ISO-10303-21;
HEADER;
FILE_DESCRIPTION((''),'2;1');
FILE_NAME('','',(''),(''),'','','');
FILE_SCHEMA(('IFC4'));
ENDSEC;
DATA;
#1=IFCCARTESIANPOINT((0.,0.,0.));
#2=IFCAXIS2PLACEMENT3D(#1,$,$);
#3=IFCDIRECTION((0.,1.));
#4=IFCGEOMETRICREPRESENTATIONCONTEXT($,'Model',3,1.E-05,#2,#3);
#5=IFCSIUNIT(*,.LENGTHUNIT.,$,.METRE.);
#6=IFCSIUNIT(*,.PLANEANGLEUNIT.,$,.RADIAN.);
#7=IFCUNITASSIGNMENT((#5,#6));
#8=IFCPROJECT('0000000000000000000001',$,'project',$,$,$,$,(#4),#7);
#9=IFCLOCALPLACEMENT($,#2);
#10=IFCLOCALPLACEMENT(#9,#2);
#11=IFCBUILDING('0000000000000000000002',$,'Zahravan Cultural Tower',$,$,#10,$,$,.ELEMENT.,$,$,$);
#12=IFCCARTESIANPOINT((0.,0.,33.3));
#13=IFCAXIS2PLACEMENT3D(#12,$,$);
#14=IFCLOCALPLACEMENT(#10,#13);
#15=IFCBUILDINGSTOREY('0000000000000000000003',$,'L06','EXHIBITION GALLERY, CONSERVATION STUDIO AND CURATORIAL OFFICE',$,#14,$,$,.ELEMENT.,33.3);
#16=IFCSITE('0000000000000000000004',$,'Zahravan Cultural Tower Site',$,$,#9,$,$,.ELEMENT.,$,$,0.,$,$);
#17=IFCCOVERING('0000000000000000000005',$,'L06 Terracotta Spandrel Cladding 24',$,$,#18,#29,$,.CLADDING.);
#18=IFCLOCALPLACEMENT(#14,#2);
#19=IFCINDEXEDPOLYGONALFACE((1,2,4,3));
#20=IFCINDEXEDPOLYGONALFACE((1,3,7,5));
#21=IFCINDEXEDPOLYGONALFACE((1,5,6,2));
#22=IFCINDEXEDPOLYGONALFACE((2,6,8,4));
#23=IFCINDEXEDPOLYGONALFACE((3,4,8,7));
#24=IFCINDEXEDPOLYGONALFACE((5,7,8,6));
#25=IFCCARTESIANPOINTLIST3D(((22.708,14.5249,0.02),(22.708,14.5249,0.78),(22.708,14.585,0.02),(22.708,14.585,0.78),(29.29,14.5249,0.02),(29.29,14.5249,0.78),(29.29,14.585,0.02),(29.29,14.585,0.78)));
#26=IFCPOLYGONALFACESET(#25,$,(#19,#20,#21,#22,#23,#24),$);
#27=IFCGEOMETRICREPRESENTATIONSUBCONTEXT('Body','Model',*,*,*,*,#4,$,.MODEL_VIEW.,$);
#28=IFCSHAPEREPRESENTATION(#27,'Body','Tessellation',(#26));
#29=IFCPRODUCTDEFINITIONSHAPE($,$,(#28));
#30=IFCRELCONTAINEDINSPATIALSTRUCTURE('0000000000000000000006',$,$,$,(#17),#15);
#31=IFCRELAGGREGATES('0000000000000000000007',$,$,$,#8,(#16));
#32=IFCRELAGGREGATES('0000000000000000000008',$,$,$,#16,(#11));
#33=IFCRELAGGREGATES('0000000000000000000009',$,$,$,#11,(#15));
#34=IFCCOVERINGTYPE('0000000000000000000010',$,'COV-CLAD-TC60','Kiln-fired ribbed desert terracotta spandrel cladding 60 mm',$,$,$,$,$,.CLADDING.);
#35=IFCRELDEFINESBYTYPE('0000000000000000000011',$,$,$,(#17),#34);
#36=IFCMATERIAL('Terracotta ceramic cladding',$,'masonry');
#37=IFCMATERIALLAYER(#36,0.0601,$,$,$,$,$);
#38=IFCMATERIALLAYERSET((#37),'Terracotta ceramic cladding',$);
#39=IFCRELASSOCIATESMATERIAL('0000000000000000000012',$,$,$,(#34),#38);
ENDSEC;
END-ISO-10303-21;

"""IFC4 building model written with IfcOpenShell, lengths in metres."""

from ifc_helpers import new_model, si_unit, direction, frame, origin, origin_2d, place, context, subcontext, project, spatial, rectangle, extrude, source, transform, mapped, material, layer, layer_set, type_object, element, save


model = new_model("IFC4")

# Units and contexts
model_context = context("Model", 3, precision=1e-05, world=origin(), true_north=direction((0.0, 1.0)))
body_context = subcontext(model_context, "Body", "Model", "MODEL_VIEW")
ifc_project = project(units=[si_unit("LENGTHUNIT", "METRE"), si_unit("PLANEANGLEUNIT", "RADIAN")], contexts=[model_context])

# Site, building, storey
site_placement = place(None, origin())
site = spatial("IfcSite", under=ifc_project, at=site_placement, Name="Zahravan Cultural Tower Site", CompositionType="ELEMENT", RefElevation=0.0)
building_placement = place(site_placement, origin())
building = spatial("IfcBuilding", under=site, at=building_placement, Name="Zahravan Cultural Tower", CompositionType="ELEMENT")
storey_placement = place(building_placement, frame((0.0, 0.0, 33.3)))
storey = spatial("IfcBuildingStorey", under=building, at=storey_placement, Name="L06", Description="EXHIBITION GALLERY, CONSERVATION STUDIO AND CURATORIAL OFFICE", CompositionType="ELEMENT", Elevation=33.3)

# Covering
ifc_material_1 = material(Name="Terracotta ceramic cladding", Category="masonry")
ifc_layer_1 = layer(ifc_material_1, 0.0601)
ifc_layer_set_1 = layer_set([ifc_layer_1], Name="Terracotta ceramic cladding")
covering_type = type_object("IfcCoveringType", Name="COV-CLAD-TC60", Description="Kiln-fired ribbed desert terracotta spandrel cladding 60 mm", PredefinedType="CLADDING", material=ifc_layer_set_1)
shared_shape_1 = source(origin(), body_context, "Body", "SweptSolid", [
    extrude(rectangle(XDim=6.582, YDim=0.0601, at=origin_2d()), origin(), (0.0, 0.0, 1.0), 0.76),
])
covering_placement = place(storey_placement, frame((25.999, 14.5549, 0.02), z_axis=(0.0, 0.0, 1.0), x_axis=(-1.0, 0.0, 0.0)))
element("IfcCovering", 1, at=covering_placement, inside=storey, type_object=covering_type, Name="L06 Terracotta Spandrel Cladding 24", PredefinedType="CLADDING", context=body_context, shape_type="MappedRepresentation", body=[
    mapped(shared_shape_1, transform((0.0, 0.0, 0.0), x_axis=(1.0, 0.0, 0.0), y_axis=(0.0, 1.0, 0.0), z_axis=(0.0, 0.0, 1.0), scale=1.0)),
])

save(model, "model.ifc")
